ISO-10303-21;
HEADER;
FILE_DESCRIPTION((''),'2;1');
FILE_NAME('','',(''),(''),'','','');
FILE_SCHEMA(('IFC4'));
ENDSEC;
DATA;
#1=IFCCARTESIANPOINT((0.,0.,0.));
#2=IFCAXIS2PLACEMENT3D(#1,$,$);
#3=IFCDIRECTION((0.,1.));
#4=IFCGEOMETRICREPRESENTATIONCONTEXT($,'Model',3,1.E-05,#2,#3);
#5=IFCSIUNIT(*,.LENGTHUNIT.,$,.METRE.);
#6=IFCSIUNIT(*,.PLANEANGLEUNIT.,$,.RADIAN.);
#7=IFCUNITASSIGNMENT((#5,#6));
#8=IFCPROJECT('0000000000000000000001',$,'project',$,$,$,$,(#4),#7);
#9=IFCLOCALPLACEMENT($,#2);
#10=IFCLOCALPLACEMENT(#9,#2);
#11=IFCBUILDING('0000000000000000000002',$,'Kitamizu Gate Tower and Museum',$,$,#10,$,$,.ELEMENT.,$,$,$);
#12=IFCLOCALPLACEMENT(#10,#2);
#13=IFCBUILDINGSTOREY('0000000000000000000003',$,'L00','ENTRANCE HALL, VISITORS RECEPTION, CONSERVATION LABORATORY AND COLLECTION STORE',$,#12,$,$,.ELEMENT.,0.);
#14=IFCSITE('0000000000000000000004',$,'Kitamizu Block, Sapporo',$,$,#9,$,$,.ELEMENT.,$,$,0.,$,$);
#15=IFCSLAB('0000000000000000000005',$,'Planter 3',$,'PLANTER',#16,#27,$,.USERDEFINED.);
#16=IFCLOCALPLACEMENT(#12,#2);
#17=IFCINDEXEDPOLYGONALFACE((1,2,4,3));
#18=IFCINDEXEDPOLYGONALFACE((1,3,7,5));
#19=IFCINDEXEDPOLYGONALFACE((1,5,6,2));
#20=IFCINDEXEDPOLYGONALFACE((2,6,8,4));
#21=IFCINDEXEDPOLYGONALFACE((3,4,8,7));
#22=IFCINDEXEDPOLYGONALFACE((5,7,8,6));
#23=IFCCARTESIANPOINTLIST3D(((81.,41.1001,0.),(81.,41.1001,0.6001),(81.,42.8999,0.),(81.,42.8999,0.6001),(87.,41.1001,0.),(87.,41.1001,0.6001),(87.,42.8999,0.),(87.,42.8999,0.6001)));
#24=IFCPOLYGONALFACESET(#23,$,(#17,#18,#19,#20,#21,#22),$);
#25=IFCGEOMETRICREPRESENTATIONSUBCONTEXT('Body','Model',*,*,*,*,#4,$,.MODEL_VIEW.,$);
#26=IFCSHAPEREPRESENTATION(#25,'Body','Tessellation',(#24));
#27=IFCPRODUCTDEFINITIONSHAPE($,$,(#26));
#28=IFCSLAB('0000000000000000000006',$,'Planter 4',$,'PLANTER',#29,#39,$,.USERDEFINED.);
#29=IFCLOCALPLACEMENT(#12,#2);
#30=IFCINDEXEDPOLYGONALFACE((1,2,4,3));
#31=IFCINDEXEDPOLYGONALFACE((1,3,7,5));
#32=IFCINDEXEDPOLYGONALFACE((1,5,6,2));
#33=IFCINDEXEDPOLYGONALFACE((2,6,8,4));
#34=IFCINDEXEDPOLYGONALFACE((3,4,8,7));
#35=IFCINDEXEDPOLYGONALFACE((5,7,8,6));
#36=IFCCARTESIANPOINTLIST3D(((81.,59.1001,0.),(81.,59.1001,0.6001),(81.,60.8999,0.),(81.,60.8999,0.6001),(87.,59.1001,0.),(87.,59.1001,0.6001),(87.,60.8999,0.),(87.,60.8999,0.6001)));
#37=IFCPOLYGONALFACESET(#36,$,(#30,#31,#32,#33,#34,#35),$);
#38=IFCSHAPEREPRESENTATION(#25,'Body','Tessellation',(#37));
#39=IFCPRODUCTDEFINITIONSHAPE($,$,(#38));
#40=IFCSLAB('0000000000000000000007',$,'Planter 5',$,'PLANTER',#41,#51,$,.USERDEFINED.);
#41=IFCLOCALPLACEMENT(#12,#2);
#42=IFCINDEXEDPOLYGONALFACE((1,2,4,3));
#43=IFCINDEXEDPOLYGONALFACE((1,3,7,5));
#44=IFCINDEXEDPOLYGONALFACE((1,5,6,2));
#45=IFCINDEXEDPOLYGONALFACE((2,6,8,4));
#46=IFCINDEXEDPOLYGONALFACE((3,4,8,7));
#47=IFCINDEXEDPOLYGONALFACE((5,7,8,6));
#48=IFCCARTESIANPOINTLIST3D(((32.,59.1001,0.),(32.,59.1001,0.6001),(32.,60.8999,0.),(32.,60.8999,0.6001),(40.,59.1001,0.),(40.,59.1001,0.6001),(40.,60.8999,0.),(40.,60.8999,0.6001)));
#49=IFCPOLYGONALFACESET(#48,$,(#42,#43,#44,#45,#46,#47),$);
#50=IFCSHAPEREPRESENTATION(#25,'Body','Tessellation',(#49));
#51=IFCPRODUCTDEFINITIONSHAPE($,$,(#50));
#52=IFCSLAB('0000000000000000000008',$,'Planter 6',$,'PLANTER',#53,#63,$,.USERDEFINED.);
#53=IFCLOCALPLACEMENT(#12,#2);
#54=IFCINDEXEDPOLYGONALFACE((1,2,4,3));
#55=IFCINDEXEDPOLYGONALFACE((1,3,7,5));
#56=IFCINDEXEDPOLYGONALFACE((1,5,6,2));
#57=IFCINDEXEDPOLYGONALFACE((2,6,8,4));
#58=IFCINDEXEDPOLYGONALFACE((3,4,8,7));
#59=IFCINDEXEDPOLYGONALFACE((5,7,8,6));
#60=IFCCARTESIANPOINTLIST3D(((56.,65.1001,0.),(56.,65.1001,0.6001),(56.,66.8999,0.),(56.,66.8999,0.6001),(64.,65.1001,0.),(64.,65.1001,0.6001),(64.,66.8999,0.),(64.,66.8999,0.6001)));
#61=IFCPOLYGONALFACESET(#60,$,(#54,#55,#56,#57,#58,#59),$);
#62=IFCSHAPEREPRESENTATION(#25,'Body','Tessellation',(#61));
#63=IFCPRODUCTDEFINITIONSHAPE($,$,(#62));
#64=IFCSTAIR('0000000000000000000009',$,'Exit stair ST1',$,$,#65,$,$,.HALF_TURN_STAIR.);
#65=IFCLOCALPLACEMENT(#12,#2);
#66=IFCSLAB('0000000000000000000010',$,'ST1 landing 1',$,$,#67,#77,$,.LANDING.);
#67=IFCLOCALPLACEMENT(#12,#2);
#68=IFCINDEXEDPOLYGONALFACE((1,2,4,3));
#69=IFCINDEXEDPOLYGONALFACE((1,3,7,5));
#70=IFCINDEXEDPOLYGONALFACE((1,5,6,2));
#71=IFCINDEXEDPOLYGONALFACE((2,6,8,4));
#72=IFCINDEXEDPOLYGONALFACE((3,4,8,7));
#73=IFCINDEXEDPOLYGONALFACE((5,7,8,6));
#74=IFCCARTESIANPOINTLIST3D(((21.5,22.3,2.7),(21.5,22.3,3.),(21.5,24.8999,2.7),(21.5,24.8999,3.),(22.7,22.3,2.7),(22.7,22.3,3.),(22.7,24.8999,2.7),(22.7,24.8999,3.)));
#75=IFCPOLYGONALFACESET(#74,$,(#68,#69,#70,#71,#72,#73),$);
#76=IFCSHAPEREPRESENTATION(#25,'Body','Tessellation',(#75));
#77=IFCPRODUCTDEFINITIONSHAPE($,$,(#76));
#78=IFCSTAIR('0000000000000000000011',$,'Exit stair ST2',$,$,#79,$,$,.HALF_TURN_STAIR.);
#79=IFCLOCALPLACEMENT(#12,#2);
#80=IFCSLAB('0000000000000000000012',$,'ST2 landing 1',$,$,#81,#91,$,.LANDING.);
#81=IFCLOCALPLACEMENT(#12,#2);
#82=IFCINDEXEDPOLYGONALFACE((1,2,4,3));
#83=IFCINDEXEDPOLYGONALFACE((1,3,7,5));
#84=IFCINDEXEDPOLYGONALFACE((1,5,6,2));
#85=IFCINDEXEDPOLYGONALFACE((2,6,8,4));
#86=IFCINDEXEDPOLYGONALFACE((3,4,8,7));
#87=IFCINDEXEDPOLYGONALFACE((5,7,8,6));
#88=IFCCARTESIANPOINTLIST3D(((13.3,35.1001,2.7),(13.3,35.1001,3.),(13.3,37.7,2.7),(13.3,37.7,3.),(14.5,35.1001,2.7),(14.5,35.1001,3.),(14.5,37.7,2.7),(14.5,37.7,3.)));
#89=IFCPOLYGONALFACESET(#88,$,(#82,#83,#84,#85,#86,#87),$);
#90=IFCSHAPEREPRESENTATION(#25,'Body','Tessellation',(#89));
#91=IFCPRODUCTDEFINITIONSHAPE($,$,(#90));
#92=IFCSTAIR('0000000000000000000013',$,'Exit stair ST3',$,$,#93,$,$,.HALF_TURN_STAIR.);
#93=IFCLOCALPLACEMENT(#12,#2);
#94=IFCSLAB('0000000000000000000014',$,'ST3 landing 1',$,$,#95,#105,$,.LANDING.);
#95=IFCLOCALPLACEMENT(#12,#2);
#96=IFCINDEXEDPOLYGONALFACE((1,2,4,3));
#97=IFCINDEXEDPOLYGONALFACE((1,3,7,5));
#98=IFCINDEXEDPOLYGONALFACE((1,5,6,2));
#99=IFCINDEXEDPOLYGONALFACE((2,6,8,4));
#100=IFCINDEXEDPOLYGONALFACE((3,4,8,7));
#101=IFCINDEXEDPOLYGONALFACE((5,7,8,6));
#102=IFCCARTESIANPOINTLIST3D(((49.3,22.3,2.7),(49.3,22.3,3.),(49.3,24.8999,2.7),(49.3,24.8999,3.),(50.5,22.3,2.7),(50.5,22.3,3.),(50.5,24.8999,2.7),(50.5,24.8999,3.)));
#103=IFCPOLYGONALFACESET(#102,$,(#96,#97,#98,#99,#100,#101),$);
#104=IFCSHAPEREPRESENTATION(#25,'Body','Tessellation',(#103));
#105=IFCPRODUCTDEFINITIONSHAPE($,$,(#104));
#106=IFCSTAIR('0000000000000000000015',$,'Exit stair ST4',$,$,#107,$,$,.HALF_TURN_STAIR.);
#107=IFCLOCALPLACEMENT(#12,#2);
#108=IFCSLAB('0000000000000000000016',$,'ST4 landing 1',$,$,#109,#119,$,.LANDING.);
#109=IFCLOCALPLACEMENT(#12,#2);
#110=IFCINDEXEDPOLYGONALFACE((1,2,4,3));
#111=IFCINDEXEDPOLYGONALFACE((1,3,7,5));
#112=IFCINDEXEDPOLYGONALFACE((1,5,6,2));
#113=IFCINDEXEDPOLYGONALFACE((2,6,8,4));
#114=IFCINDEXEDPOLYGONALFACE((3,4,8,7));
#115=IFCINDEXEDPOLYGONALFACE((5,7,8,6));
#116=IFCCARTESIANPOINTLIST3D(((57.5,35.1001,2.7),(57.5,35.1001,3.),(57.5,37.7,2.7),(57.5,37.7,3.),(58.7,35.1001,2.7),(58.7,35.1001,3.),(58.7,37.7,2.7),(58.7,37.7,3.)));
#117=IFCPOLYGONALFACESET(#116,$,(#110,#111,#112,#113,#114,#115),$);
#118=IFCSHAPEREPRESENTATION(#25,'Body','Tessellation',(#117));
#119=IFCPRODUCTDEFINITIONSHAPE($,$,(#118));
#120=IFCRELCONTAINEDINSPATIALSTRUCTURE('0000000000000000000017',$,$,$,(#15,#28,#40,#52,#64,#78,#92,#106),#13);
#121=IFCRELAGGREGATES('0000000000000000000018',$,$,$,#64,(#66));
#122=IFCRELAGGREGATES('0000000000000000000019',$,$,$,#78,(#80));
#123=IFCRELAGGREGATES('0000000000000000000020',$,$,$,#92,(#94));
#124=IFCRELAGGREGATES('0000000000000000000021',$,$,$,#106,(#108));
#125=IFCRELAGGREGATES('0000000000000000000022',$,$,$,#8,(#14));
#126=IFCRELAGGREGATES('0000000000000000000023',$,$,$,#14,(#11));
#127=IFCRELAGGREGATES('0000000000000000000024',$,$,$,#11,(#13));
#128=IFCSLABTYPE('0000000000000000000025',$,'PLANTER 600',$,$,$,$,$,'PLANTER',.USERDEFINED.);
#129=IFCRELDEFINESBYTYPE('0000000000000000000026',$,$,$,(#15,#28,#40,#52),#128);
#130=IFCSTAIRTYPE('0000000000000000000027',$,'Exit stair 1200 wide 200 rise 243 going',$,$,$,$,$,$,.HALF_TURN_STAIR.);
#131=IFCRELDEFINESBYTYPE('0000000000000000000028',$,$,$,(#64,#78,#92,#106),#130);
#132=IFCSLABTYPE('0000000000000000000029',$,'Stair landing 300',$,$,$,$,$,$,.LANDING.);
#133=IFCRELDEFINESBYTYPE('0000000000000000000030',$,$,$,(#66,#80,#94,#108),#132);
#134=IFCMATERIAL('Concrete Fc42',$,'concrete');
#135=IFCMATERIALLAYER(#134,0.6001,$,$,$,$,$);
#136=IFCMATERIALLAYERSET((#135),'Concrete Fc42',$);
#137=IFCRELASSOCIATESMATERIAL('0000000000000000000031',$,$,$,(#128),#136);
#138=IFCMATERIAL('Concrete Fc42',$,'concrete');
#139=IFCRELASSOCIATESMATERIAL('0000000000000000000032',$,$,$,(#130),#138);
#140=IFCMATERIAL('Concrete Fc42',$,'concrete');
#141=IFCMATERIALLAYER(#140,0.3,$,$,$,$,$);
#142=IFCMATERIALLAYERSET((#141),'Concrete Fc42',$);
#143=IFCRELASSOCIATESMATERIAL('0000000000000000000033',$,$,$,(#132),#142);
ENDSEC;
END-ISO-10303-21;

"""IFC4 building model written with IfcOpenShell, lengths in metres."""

from ifc_helpers import new_model, si_unit, direction, frame, origin, place, context, subcontext, project, spatial, polyline, outline, extrude, material, layer, layer_set, type_object, element, aggregate, save


model = new_model("IFC4")

# Units and contexts
model_context = context("Model", 3, precision=1e-05, world=origin(), true_north=direction((0.0, 1.0)))
body_context = subcontext(model_context, "Body", "Model", "MODEL_VIEW")
ifc_project = project(units=[si_unit("LENGTHUNIT", "METRE"), si_unit("PLANEANGLEUNIT", "RADIAN")], contexts=[model_context])

# Site, building, storey
site_placement = place(None, origin())
site = spatial("IfcSite", under=ifc_project, at=site_placement, Name="Kitamizu Block, Sapporo", CompositionType="ELEMENT", RefElevation=0.0)
building_placement = place(site_placement, origin())
building = spatial("IfcBuilding", under=site, at=building_placement, Name="Kitamizu Gate Tower and Museum", CompositionType="ELEMENT")
storey_placement = place(building_placement, origin())
storey = spatial("IfcBuildingStorey", under=building, at=storey_placement, Name="L00", Description="ENTRANCE HALL, VISITORS RECEPTION, CONSERVATION LABORATORY AND COLLECTION STORE", CompositionType="ELEMENT", Elevation=0.0)

# Slabs
ifc_material_1 = material(Name="Concrete Fc42", Category="concrete")
ifc_layer_1 = layer(ifc_material_1, 0.6001)
ifc_layer_set_1 = layer_set([ifc_layer_1], Name="Concrete Fc42")
slab_type_1 = type_object("IfcSlabType", Name="PLANTER 600", ElementType="PLANTER", PredefinedType="USERDEFINED", material=ifc_layer_set_1)
slab_1_placement = place(storey_placement, origin())
element("IfcSlab", 1, at=slab_1_placement, inside=storey, type_object=slab_type_1, Name="Planter 3", ObjectType="PLANTER", PredefinedType="USERDEFINED", context=body_context, shape_type="SweptSolid", body=[
    extrude(outline(polyline([(87.0, 41.1001), (87.0, 42.8999), (81.0, 42.8999), (81.0, 41.1001), (87.0, 41.1001)])), origin(), (0.0, 0.0, 1.0), 0.6001),
])
slab_2_placement = place(storey_placement, origin())
element("IfcSlab", 2, at=slab_2_placement, inside=storey, type_object=slab_type_1, Name="Planter 4", ObjectType="PLANTER", PredefinedType="USERDEFINED", context=body_context, shape_type="SweptSolid", body=[
    extrude(outline(polyline([(87.0, 59.1001), (87.0, 60.8999), (81.0, 60.8999), (81.0, 59.1001), (87.0, 59.1001)])), origin(), (0.0, 0.0, 1.0), 0.6001),
])
slab_3_placement = place(storey_placement, origin())
element("IfcSlab", 3, at=slab_3_placement, inside=storey, type_object=slab_type_1, Name="Planter 5", ObjectType="PLANTER", PredefinedType="USERDEFINED", context=body_context, shape_type="SweptSolid", body=[
    extrude(outline(polyline([(40.0, 59.1001), (40.0, 60.8999), (32.0, 60.8999), (32.0, 59.1001), (40.0, 59.1001)])), origin(), (0.0, 0.0, 1.0), 0.6001),
])
slab_4_placement = place(storey_placement, origin())
element("IfcSlab", 4, at=slab_4_placement, inside=storey, type_object=slab_type_1, Name="Planter 6", ObjectType="PLANTER", PredefinedType="USERDEFINED", context=body_context, shape_type="SweptSolid", body=[
    extrude(outline(polyline([(64.0, 65.1001), (64.0, 66.8999), (56.0, 66.8999), (56.0, 65.1001), (64.0, 65.1001)])), origin(), (0.0, 0.0, 1.0), 0.6001),
])

# Stairs, slabs
ifc_material_2 = material(Name="Concrete Fc42", Category="concrete")
stair_type = type_object("IfcStairType", Name="Exit stair 1200 wide 200 rise 243 going", PredefinedType="HALF_TURN_STAIR", material=ifc_material_2)
stair_1_placement = place(storey_placement, origin())
stair_1 = element("IfcStair", 5, at=stair_1_placement, inside=storey, type_object=stair_type, Name="Exit stair ST1", PredefinedType="HALF_TURN_STAIR")
ifc_material_3 = material(Name="Concrete Fc42", Category="concrete")
ifc_layer_2 = layer(ifc_material_3, 0.3)
ifc_layer_set_2 = layer_set([ifc_layer_2], Name="Concrete Fc42")
slab_type_2 = type_object("IfcSlabType", Name="Stair landing 300", PredefinedType="LANDING", material=ifc_layer_set_2)
slab_5_placement = place(storey_placement, frame((0.0, 0.0, 2.7)))
slab_5 = element("IfcSlab", 6, at=slab_5_placement, type_object=slab_type_2, Name="ST1 landing 1", PredefinedType="LANDING", context=body_context, shape_type="SweptSolid", body=[
    extrude(outline(polyline([(21.5, 22.3), (22.7, 22.3), (22.7, 24.8999), (21.5, 24.8999), (21.5, 22.3)])), origin(), (0.0, 0.0, 1.0), 0.3),
])
aggregate(stair_1, [slab_5])
stair_2_placement = place(storey_placement, origin())
stair_2 = element("IfcStair", 7, at=stair_2_placement, inside=storey, type_object=stair_type, Name="Exit stair ST2", PredefinedType="HALF_TURN_STAIR")
slab_6_placement = place(storey_placement, frame((0.0, 0.0, 2.7)))
slab_6 = element("IfcSlab", 8, at=slab_6_placement, type_object=slab_type_2, Name="ST2 landing 1", PredefinedType="LANDING", context=body_context, shape_type="SweptSolid", body=[
    extrude(outline(polyline([(13.3, 35.1001), (14.5, 35.1001), (14.5, 37.7), (13.3, 37.7), (13.3, 35.1001)])), origin(), (0.0, 0.0, 1.0), 0.3),
])
aggregate(stair_2, [slab_6])
stair_3_placement = place(storey_placement, origin())
stair_3 = element("IfcStair", 9, at=stair_3_placement, inside=storey, type_object=stair_type, Name="Exit stair ST3", PredefinedType="HALF_TURN_STAIR")
slab_7_placement = place(storey_placement, frame((0.0, 0.0, 2.7)))
slab_7 = element("IfcSlab", 10, at=slab_7_placement, type_object=slab_type_2, Name="ST3 landing 1", PredefinedType="LANDING", context=body_context, shape_type="SweptSolid", body=[
    extrude(outline(polyline([(49.3, 22.3), (50.5, 22.3), (50.5, 24.8999), (49.3, 24.8999), (49.3, 22.3)])), origin(), (0.0, 0.0, 1.0), 0.3),
])
aggregate(stair_3, [slab_7])
stair_4_placement = place(storey_placement, origin())
stair_4 = element("IfcStair", 11, at=stair_4_placement, inside=storey, type_object=stair_type, Name="Exit stair ST4", PredefinedType="HALF_TURN_STAIR")
slab_8_placement = place(storey_placement, frame((0.0, 0.0, 2.7)))
slab_8 = element("IfcSlab", 12, at=slab_8_placement, type_object=slab_type_2, Name="ST4 landing 1", PredefinedType="LANDING", context=body_context, shape_type="SweptSolid", body=[
    extrude(outline(polyline([(57.5, 35.1001), (58.7, 35.1001), (58.7, 37.7), (57.5, 37.7), (57.5, 35.1001)])), origin(), (0.0, 0.0, 1.0), 0.3),
])
aggregate(stair_4, [slab_8])

save(model, "model.ifc")
